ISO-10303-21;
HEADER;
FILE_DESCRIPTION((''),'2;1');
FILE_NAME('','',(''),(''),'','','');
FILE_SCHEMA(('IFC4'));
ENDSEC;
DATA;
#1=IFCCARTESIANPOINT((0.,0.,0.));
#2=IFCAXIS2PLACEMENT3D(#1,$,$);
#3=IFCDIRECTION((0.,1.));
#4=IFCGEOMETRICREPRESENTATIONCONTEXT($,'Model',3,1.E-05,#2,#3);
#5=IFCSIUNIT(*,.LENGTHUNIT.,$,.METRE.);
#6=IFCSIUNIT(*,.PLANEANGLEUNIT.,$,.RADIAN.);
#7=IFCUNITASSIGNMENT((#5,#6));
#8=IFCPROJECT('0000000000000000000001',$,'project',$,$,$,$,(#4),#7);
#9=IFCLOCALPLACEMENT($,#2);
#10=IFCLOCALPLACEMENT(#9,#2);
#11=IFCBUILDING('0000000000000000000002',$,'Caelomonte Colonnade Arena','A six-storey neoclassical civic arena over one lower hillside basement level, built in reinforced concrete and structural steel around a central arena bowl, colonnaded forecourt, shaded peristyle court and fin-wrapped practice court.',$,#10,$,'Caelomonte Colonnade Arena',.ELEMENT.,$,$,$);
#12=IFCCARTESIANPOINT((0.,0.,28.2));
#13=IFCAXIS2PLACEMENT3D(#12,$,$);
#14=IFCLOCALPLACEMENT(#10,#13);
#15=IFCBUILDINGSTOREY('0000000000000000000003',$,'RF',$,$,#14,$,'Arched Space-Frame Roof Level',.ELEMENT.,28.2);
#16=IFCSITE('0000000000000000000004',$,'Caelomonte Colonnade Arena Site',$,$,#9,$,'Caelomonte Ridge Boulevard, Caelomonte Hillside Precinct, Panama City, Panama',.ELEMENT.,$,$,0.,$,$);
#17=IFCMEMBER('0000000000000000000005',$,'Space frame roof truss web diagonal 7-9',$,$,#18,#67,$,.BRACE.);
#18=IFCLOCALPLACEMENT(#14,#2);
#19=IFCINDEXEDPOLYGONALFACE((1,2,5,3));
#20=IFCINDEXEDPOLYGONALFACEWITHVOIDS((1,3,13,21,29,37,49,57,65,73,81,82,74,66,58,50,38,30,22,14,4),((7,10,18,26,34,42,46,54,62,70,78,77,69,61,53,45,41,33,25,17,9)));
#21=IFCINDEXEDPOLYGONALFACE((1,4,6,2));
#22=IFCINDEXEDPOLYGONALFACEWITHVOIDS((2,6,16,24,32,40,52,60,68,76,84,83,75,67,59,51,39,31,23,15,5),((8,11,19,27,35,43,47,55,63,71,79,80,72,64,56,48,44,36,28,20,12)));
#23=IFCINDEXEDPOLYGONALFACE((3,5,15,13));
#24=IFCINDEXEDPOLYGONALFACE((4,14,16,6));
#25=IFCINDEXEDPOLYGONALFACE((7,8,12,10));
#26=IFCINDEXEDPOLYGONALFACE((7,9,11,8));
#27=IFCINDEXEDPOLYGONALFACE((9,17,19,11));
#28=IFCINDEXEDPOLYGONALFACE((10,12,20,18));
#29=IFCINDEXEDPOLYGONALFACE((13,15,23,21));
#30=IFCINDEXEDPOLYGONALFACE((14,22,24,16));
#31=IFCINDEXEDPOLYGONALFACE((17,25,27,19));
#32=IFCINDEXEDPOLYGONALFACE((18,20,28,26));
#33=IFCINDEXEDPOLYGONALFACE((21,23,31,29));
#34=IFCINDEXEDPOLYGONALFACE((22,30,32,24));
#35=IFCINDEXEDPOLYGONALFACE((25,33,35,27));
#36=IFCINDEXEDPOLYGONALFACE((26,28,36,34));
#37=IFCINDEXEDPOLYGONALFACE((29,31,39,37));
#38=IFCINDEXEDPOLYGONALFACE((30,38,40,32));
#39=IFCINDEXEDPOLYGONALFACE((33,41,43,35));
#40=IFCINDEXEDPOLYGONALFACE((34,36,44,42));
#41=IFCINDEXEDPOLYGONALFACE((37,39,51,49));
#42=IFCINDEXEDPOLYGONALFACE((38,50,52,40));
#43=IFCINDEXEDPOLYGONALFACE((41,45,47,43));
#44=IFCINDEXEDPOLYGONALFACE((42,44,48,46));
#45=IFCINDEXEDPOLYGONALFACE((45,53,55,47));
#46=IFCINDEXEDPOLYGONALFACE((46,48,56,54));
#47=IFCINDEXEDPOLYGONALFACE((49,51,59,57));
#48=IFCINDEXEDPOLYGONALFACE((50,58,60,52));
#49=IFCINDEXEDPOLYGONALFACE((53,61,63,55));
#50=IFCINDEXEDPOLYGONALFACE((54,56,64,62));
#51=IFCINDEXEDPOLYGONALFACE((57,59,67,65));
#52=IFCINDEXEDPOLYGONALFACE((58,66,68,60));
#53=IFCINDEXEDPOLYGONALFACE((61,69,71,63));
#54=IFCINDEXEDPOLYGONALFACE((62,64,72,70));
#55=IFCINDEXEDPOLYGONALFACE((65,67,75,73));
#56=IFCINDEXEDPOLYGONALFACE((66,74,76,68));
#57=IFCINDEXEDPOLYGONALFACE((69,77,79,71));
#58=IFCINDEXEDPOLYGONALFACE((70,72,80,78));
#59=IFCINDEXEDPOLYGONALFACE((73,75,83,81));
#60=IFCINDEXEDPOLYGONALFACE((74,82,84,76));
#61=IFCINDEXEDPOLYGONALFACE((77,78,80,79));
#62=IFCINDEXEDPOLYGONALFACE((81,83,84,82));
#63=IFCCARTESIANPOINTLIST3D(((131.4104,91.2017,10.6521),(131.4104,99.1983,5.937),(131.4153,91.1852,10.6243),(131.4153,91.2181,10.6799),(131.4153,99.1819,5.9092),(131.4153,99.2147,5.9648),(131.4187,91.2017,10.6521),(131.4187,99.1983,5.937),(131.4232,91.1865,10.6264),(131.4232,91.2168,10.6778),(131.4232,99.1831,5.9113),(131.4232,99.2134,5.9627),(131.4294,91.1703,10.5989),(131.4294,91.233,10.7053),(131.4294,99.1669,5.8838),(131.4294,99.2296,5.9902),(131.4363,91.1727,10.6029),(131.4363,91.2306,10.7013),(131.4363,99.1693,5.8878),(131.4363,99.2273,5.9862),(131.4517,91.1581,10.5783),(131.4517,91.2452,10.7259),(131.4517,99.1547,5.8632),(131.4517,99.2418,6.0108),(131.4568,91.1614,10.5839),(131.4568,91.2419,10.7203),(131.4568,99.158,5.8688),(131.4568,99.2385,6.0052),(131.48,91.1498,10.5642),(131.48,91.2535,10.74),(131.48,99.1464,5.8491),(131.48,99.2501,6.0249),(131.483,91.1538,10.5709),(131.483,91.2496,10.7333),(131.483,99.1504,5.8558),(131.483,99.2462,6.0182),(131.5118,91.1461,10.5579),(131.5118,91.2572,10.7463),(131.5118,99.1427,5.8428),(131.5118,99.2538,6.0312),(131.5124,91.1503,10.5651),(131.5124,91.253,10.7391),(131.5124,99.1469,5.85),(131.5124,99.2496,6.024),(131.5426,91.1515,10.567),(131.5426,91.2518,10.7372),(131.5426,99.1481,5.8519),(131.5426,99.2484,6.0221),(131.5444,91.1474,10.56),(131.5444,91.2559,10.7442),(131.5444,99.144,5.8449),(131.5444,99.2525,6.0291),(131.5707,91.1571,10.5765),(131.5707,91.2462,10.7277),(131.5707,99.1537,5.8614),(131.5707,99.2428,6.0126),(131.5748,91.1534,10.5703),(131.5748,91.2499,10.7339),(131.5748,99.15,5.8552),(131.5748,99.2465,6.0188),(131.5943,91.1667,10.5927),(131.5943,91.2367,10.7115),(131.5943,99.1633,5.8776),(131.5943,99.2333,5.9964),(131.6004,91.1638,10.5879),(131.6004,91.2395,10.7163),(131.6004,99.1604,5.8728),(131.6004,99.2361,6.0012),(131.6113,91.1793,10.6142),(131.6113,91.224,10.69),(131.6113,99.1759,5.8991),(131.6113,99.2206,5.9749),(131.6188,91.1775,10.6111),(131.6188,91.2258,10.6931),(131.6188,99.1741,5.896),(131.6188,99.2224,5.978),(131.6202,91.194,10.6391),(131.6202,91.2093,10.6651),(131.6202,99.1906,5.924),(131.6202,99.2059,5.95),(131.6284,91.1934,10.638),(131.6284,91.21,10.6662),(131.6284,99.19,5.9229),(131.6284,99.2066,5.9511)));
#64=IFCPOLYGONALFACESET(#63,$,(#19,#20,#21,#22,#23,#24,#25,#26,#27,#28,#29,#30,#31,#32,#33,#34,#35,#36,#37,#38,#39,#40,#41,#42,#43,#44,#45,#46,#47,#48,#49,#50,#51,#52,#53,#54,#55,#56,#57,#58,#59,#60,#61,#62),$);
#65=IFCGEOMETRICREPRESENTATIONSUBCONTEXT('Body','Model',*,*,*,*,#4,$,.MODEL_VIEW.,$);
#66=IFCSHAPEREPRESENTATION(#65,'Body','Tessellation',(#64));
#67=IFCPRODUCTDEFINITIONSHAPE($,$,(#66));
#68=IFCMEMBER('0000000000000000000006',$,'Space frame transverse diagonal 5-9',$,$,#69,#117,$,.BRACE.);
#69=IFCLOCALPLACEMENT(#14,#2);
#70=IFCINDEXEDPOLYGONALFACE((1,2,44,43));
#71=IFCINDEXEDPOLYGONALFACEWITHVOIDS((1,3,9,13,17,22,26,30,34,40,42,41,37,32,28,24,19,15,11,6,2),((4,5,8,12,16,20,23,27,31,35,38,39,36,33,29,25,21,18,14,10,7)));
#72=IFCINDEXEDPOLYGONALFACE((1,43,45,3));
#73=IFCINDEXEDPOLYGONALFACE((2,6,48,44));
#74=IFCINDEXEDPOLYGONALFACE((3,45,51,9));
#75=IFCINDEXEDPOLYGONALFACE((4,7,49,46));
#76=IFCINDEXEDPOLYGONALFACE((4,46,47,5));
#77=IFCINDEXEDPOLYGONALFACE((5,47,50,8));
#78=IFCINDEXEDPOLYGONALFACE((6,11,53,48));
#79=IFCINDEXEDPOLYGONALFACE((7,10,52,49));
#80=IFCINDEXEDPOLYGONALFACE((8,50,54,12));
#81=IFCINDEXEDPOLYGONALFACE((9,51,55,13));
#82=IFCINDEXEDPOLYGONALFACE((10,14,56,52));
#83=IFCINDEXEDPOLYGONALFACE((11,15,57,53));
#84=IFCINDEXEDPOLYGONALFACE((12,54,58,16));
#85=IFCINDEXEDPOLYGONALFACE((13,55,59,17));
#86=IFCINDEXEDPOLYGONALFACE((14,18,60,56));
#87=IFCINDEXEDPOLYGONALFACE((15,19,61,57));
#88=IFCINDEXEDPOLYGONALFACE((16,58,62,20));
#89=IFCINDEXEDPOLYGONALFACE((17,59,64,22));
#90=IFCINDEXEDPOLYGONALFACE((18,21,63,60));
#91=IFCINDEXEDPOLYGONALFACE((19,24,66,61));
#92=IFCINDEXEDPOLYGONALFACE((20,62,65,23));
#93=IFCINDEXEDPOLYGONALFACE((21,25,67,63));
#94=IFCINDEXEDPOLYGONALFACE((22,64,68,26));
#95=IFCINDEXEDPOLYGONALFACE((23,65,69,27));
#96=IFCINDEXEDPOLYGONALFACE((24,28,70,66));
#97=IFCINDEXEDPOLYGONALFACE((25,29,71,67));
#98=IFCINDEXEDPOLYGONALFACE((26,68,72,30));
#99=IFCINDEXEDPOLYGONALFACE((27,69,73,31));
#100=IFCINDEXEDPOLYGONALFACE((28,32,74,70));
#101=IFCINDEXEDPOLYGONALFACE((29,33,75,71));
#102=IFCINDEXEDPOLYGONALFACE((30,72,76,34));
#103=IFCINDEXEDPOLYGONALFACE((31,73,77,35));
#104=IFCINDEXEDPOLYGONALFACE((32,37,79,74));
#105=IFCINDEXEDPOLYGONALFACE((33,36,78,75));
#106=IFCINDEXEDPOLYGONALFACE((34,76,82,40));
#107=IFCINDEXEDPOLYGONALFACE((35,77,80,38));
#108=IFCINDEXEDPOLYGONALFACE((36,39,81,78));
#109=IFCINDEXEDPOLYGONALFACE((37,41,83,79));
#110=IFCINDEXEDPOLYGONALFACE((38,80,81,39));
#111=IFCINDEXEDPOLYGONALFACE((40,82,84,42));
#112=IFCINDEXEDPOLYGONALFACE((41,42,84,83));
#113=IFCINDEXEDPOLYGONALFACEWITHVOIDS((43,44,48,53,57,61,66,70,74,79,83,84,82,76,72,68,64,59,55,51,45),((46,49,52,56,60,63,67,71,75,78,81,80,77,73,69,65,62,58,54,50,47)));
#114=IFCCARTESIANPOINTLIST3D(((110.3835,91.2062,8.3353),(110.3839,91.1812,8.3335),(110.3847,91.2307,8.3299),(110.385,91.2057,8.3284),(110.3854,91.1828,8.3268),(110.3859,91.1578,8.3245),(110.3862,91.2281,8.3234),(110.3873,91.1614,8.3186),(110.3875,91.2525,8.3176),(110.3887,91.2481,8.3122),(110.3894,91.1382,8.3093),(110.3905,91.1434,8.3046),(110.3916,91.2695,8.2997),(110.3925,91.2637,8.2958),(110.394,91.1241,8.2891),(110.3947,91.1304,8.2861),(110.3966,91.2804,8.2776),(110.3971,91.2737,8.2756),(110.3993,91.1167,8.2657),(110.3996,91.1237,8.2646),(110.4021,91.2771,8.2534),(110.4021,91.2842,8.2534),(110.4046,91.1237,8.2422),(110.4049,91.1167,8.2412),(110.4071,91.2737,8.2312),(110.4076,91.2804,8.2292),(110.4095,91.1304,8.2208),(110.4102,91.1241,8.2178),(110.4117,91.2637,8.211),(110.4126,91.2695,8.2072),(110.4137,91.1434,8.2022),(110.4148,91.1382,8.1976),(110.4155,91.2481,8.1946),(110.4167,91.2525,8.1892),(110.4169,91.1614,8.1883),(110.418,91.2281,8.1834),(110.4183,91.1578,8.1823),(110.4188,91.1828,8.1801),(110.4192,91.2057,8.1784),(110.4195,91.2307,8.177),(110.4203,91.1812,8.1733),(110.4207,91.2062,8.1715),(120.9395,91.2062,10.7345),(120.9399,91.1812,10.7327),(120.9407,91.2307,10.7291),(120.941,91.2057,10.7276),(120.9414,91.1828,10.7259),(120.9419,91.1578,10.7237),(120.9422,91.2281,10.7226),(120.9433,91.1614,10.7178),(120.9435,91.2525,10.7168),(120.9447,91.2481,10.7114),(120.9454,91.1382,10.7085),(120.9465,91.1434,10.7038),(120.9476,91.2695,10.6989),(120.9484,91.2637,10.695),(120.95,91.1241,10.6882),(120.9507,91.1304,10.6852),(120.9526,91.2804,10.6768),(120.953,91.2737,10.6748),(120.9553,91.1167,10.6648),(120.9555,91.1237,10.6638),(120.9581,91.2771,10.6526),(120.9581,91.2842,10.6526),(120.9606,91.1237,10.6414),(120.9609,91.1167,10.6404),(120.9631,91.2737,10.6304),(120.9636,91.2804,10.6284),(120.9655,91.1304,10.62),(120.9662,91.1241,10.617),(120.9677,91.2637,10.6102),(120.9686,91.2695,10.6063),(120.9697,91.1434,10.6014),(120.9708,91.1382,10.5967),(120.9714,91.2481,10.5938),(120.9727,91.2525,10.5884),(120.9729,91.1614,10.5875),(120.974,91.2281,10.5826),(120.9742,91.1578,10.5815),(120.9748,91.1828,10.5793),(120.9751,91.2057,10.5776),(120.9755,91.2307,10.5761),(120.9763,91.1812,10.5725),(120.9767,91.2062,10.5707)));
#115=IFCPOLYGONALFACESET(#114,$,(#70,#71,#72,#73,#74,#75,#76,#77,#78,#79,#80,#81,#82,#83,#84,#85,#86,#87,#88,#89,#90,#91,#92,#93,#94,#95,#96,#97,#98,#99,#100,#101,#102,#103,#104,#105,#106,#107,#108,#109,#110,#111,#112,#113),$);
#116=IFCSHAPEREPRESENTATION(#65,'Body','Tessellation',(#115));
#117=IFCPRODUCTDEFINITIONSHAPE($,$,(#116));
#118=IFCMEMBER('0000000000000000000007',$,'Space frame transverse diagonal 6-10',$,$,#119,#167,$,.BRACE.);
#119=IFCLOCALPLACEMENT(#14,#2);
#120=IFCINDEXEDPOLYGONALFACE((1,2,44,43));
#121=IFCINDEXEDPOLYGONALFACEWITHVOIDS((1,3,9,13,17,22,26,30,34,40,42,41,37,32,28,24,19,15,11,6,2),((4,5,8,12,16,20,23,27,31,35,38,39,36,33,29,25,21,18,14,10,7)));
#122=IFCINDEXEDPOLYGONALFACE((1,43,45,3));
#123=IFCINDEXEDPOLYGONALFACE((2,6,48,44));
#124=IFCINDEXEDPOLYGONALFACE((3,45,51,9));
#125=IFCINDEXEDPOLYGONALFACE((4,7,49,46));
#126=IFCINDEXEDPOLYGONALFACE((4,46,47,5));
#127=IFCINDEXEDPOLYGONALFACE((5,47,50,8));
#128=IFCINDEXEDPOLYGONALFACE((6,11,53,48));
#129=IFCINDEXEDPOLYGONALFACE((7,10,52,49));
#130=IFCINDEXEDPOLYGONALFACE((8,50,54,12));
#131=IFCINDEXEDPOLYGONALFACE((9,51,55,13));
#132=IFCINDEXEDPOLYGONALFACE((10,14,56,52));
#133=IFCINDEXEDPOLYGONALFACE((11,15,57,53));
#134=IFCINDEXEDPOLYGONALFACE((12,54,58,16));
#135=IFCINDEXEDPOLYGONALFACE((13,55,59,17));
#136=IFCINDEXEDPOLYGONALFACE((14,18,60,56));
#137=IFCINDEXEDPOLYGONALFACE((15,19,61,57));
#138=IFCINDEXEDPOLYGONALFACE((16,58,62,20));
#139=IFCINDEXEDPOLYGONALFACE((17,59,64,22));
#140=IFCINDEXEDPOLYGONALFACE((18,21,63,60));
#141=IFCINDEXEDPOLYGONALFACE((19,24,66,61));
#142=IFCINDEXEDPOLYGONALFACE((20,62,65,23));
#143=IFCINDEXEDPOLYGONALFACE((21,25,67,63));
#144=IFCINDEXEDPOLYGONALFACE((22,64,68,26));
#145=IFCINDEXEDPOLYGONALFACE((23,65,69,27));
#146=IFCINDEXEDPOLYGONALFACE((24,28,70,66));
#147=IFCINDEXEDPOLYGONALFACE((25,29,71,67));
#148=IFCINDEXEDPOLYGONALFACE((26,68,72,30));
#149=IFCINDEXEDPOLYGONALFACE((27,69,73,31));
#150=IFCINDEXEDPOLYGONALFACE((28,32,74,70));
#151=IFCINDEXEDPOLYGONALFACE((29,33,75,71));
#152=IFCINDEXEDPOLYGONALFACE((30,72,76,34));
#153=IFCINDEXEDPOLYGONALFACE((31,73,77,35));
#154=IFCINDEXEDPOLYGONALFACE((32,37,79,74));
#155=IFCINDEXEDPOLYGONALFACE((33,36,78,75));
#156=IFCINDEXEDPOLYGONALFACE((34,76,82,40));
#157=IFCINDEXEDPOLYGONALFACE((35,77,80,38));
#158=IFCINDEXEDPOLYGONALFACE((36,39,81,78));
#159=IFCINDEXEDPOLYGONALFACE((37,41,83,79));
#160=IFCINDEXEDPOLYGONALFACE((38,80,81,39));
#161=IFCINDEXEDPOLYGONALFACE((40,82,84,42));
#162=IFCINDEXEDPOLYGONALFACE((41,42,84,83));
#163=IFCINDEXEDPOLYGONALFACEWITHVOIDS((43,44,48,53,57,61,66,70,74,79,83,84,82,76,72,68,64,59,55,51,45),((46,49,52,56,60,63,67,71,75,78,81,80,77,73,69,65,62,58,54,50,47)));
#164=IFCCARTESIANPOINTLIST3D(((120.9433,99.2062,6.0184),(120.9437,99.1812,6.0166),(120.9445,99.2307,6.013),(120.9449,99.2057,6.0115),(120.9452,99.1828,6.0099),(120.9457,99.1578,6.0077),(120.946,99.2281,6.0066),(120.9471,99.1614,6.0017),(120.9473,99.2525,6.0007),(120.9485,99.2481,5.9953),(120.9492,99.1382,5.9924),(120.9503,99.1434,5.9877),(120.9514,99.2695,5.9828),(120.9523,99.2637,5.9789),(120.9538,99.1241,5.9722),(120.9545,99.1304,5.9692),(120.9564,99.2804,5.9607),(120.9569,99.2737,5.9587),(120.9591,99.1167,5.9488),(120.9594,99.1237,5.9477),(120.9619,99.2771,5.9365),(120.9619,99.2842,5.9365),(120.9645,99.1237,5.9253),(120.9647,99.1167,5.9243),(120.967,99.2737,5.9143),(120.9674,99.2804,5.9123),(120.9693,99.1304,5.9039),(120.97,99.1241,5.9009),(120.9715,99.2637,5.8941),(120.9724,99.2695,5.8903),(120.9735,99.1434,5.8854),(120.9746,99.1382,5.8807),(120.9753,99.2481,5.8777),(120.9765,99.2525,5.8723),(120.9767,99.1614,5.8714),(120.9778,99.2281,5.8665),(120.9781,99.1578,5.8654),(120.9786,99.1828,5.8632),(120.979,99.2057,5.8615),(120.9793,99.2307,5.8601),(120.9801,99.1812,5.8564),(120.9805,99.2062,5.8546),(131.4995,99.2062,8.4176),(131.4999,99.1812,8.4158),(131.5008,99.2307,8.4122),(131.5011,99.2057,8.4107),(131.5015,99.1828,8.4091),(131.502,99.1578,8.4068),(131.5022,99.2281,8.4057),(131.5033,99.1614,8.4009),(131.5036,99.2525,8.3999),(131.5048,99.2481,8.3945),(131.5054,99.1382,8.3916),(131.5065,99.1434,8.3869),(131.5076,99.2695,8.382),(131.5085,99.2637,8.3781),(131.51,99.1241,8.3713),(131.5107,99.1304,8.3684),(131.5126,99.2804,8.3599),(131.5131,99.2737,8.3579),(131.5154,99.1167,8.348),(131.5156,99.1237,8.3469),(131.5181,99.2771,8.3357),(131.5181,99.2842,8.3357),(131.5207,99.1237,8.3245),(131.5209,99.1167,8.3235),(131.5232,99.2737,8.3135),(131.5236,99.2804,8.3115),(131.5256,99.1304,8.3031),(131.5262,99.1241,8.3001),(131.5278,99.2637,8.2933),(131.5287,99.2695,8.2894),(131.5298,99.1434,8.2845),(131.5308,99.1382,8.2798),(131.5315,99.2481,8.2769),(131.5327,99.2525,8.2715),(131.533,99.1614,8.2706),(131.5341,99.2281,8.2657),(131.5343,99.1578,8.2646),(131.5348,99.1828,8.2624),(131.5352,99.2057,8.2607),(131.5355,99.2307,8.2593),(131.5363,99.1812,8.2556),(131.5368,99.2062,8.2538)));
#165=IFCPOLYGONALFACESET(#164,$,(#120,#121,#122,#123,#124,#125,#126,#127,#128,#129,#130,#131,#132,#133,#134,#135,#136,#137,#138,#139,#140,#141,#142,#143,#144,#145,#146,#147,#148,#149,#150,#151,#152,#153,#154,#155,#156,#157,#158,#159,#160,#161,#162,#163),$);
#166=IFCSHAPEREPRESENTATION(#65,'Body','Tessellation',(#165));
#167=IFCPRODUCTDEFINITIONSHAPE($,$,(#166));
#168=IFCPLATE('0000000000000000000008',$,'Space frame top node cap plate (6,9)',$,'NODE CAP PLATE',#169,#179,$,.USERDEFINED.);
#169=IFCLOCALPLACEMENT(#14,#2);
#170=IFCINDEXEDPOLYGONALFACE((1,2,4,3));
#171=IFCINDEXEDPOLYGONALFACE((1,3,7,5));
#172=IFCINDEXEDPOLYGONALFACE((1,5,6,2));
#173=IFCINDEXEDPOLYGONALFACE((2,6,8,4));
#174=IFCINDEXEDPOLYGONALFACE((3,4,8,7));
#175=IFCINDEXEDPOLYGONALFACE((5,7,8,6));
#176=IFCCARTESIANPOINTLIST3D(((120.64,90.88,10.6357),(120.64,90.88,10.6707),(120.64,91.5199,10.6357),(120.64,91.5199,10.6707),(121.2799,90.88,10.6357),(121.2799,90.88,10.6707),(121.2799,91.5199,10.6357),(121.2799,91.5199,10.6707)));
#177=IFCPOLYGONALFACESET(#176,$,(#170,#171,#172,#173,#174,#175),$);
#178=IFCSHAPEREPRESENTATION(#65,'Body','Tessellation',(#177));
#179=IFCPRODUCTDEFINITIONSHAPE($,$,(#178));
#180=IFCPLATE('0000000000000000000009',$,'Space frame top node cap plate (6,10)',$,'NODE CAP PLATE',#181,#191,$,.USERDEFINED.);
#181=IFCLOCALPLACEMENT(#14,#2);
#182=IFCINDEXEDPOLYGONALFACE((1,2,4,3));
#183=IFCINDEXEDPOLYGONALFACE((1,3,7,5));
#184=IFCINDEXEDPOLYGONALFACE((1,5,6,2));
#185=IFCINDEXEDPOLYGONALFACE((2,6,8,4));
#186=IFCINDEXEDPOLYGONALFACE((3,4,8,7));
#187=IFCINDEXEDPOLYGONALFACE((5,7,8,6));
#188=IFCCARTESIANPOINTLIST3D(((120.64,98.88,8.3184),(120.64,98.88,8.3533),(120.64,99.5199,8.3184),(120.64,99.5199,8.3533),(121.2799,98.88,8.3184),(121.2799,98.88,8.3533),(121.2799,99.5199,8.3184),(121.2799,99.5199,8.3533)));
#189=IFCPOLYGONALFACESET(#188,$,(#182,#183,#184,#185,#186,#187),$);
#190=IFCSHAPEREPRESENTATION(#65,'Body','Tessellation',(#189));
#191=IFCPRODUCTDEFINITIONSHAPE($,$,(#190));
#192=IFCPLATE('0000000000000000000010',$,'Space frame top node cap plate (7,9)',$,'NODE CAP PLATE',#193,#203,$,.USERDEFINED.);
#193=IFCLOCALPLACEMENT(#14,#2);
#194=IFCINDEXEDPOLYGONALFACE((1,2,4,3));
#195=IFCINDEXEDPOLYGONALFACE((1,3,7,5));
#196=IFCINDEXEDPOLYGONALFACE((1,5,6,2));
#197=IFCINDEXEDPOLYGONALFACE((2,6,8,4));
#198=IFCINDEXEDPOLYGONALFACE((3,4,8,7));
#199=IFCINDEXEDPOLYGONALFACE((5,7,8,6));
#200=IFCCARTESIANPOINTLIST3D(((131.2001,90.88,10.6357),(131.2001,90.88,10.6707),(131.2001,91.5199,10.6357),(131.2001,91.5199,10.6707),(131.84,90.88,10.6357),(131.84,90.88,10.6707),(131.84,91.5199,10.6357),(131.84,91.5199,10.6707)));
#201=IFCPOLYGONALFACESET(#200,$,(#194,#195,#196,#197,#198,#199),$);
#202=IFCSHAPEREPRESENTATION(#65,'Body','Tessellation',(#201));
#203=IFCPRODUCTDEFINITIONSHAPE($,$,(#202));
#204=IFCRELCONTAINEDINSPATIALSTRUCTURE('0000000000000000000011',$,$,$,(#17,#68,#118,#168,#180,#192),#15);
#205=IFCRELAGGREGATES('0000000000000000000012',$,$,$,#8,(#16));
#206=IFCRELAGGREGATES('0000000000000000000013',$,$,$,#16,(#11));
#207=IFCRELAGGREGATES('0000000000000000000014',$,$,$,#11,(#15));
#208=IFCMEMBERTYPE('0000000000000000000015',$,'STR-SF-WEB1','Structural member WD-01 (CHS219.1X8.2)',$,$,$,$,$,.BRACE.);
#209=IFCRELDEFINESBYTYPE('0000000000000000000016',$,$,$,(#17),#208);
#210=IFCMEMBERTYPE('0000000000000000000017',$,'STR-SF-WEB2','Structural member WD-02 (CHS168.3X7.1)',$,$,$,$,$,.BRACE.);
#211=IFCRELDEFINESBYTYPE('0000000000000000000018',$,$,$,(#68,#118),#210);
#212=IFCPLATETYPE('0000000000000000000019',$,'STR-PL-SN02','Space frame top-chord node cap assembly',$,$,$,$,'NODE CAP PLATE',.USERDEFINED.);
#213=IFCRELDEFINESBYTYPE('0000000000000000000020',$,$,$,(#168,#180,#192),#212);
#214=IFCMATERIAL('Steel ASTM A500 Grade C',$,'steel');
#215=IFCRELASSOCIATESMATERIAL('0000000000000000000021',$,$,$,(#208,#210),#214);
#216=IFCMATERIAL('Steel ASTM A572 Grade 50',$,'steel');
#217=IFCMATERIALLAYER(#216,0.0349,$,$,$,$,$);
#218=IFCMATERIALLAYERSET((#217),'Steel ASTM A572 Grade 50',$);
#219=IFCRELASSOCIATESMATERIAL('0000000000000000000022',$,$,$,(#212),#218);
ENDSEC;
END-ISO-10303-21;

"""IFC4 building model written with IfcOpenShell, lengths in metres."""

from ifc_helpers import new_model, si_unit, direction, frame, origin, origin_2d, place, context, subcontext, project, spatial, rectangle, hollow_circle, extrude, material, layer, layer_set, material_profile, profile_set, type_object, element, save


model = new_model("IFC4")

# Units and contexts
model_context = context("Model", 3, precision=1e-05, world=origin(), true_north=direction((0.0, 1.0)))
body_context = subcontext(model_context, "Body", "Model", "MODEL_VIEW")
ifc_project = project(units=[si_unit("LENGTHUNIT", "METRE"), si_unit("PLANEANGLEUNIT", "RADIAN")], contexts=[model_context])

# Site, building, storey
site_placement = place(None, origin())
site = spatial("IfcSite", under=ifc_project, at=site_placement, Name="Caelomonte Colonnade Arena Site", LongName="Caelomonte Ridge Boulevard, Caelomonte Hillside Precinct, Panama City, Panama", CompositionType="ELEMENT", RefElevation=0.0)
building_placement = place(site_placement, origin())
building = spatial("IfcBuilding", under=site, at=building_placement, Name="Caelomonte Colonnade Arena", Description="A six-storey neoclassical civic arena over one lower hillside basement level, built in reinforced concrete and structural steel around a central arena bowl, colonnaded forecourt, shaded peristyle court and fin-wrapped practice court.", LongName="Caelomonte Colonnade Arena", CompositionType="ELEMENT")
storey_placement = place(building_placement, frame((0.0, 0.0, 28.2)))
storey = spatial("IfcBuildingStorey", under=building, at=storey_placement, Name="RF", LongName="Arched Space-Frame Roof Level", CompositionType="ELEMENT", Elevation=28.2)

# Members
ifc_material_1 = material(Name="Steel ASTM A500 Grade C", Category="steel")
ifc_material_profile_1 = material_profile(ifc_material_1, hollow_circle(Radius=0.1096, WallThickness=0.0083, at=origin_2d()), Name="CHS219.1X8.2")
ifc_profile_set_1 = profile_set([ifc_material_profile_1], Name="Steel ASTM A500 Grade C")
member_type_1 = type_object("IfcMemberType", Name="STR-SF-WEB1", Description="Structural member WD-01 (CHS219.1X8.2)", PredefinedType="BRACE", material=ifc_profile_set_1)
member_1_placement = place(storey_placement, frame((131.52, 91.2017, 10.6521), z_axis=(0.0, 0.861406, -0.507917), x_axis=(-1.0, 0.0, 0.0)))
element("IfcMember", 1, at=member_1_placement, inside=storey, type_object=member_type_1, Name="Space frame roof truss web diagonal 7-9", PredefinedType="BRACE", context=body_context, shape_type="SweptSolid", body=[
    extrude(hollow_circle(Radius=0.1096, WallThickness=0.0083, at=origin_2d()), origin(), (0.0, 0.0, 1.0), 9.2832),
])
ifc_material_profile_2 = material_profile(ifc_material_1, hollow_circle(Radius=0.0842, WallThickness=0.0071, at=origin_2d()), Name="CHS168.3X7.1")
ifc_profile_set_2 = profile_set([ifc_material_profile_2], Name="Steel ASTM A500 Grade C")
member_type_2 = type_object("IfcMemberType", Name="STR-SF-WEB2", Description="Structural member WD-02 (CHS168.3X7.1)", PredefinedType="BRACE", material=ifc_profile_set_2)
member_2_placement = place(storey_placement, frame((110.4021, 91.2, 8.2534), z_axis=(0.975131, 0.0, 0.22163), x_axis=(0.0, 1.0, 0.0)))
element("IfcMember", 2, at=member_2_placement, inside=storey, type_object=member_type_2, Name="Space frame transverse diagonal 5-9", PredefinedType="BRACE", context=body_context, shape_type="SweptSolid", body=[
    extrude(hollow_circle(Radius=0.0842, WallThickness=0.0071, at=origin_2d()), origin(), (0.0, 0.0, 1.0), 10.8252),
])
member_3_placement = place(storey_placement, frame((120.9619, 99.2, 5.9365), z_axis=(0.975132, 0.0, 0.221625), x_axis=(0.0, 1.0, 0.0)))
element("IfcMember", 3, at=member_3_placement, inside=storey, type_object=member_type_2, Name="Space frame transverse diagonal 6-10", PredefinedType="BRACE", context=body_context, shape_type="SweptSolid", body=[
    extrude(hollow_circle(Radius=0.0842, WallThickness=0.0071, at=origin_2d()), origin(), (0.0, 0.0, 1.0), 10.8254),
])

# Plates
ifc_material_2 = material(Name="Steel ASTM A572 Grade 50", Category="steel")
ifc_layer_1 = layer(ifc_material_2, 0.0349)
ifc_layer_set_1 = layer_set([ifc_layer_1], Name="Steel ASTM A572 Grade 50")
plate_type_1 = type_object("IfcPlateType", Name="STR-PL-SN02", Description="Space frame top-chord node cap assembly", ElementType="NODE CAP PLATE", PredefinedType="USERDEFINED", material=ifc_layer_set_1)
for number, where, z_axis, x_axis, name in (
    (4, (120.96, 91.2, 10.6357), (0.0, 0.0, 1.0), (1.0, 0.0, 0.0), "Space frame top node cap plate (6,9)"),
    (5, (120.96, 99.2, 8.3184), (0.0, 0.0, 1.0), (1.0, 0.0, 0.0), "Space frame top node cap plate (6,10)"),
    (6, (131.52, 91.2, 10.6357), (0.0, 0.0, 1.0), (1.0, 0.0, 0.0), "Space frame top node cap plate (7,9)"),
):
    element("IfcPlate", number, at=place(storey_placement, frame(where, z_axis=z_axis, x_axis=x_axis)), inside=storey, type_object=plate_type_1, Name=name, ObjectType="NODE CAP PLATE", PredefinedType="USERDEFINED", context=body_context, shape_type="SweptSolid", body=[
        extrude(rectangle(XDim=0.6399, YDim=0.6399, at=origin_2d()), origin(), (0.0, 0.0, 1.0), 0.0349),
    ])

save(model, "model.ifc")
